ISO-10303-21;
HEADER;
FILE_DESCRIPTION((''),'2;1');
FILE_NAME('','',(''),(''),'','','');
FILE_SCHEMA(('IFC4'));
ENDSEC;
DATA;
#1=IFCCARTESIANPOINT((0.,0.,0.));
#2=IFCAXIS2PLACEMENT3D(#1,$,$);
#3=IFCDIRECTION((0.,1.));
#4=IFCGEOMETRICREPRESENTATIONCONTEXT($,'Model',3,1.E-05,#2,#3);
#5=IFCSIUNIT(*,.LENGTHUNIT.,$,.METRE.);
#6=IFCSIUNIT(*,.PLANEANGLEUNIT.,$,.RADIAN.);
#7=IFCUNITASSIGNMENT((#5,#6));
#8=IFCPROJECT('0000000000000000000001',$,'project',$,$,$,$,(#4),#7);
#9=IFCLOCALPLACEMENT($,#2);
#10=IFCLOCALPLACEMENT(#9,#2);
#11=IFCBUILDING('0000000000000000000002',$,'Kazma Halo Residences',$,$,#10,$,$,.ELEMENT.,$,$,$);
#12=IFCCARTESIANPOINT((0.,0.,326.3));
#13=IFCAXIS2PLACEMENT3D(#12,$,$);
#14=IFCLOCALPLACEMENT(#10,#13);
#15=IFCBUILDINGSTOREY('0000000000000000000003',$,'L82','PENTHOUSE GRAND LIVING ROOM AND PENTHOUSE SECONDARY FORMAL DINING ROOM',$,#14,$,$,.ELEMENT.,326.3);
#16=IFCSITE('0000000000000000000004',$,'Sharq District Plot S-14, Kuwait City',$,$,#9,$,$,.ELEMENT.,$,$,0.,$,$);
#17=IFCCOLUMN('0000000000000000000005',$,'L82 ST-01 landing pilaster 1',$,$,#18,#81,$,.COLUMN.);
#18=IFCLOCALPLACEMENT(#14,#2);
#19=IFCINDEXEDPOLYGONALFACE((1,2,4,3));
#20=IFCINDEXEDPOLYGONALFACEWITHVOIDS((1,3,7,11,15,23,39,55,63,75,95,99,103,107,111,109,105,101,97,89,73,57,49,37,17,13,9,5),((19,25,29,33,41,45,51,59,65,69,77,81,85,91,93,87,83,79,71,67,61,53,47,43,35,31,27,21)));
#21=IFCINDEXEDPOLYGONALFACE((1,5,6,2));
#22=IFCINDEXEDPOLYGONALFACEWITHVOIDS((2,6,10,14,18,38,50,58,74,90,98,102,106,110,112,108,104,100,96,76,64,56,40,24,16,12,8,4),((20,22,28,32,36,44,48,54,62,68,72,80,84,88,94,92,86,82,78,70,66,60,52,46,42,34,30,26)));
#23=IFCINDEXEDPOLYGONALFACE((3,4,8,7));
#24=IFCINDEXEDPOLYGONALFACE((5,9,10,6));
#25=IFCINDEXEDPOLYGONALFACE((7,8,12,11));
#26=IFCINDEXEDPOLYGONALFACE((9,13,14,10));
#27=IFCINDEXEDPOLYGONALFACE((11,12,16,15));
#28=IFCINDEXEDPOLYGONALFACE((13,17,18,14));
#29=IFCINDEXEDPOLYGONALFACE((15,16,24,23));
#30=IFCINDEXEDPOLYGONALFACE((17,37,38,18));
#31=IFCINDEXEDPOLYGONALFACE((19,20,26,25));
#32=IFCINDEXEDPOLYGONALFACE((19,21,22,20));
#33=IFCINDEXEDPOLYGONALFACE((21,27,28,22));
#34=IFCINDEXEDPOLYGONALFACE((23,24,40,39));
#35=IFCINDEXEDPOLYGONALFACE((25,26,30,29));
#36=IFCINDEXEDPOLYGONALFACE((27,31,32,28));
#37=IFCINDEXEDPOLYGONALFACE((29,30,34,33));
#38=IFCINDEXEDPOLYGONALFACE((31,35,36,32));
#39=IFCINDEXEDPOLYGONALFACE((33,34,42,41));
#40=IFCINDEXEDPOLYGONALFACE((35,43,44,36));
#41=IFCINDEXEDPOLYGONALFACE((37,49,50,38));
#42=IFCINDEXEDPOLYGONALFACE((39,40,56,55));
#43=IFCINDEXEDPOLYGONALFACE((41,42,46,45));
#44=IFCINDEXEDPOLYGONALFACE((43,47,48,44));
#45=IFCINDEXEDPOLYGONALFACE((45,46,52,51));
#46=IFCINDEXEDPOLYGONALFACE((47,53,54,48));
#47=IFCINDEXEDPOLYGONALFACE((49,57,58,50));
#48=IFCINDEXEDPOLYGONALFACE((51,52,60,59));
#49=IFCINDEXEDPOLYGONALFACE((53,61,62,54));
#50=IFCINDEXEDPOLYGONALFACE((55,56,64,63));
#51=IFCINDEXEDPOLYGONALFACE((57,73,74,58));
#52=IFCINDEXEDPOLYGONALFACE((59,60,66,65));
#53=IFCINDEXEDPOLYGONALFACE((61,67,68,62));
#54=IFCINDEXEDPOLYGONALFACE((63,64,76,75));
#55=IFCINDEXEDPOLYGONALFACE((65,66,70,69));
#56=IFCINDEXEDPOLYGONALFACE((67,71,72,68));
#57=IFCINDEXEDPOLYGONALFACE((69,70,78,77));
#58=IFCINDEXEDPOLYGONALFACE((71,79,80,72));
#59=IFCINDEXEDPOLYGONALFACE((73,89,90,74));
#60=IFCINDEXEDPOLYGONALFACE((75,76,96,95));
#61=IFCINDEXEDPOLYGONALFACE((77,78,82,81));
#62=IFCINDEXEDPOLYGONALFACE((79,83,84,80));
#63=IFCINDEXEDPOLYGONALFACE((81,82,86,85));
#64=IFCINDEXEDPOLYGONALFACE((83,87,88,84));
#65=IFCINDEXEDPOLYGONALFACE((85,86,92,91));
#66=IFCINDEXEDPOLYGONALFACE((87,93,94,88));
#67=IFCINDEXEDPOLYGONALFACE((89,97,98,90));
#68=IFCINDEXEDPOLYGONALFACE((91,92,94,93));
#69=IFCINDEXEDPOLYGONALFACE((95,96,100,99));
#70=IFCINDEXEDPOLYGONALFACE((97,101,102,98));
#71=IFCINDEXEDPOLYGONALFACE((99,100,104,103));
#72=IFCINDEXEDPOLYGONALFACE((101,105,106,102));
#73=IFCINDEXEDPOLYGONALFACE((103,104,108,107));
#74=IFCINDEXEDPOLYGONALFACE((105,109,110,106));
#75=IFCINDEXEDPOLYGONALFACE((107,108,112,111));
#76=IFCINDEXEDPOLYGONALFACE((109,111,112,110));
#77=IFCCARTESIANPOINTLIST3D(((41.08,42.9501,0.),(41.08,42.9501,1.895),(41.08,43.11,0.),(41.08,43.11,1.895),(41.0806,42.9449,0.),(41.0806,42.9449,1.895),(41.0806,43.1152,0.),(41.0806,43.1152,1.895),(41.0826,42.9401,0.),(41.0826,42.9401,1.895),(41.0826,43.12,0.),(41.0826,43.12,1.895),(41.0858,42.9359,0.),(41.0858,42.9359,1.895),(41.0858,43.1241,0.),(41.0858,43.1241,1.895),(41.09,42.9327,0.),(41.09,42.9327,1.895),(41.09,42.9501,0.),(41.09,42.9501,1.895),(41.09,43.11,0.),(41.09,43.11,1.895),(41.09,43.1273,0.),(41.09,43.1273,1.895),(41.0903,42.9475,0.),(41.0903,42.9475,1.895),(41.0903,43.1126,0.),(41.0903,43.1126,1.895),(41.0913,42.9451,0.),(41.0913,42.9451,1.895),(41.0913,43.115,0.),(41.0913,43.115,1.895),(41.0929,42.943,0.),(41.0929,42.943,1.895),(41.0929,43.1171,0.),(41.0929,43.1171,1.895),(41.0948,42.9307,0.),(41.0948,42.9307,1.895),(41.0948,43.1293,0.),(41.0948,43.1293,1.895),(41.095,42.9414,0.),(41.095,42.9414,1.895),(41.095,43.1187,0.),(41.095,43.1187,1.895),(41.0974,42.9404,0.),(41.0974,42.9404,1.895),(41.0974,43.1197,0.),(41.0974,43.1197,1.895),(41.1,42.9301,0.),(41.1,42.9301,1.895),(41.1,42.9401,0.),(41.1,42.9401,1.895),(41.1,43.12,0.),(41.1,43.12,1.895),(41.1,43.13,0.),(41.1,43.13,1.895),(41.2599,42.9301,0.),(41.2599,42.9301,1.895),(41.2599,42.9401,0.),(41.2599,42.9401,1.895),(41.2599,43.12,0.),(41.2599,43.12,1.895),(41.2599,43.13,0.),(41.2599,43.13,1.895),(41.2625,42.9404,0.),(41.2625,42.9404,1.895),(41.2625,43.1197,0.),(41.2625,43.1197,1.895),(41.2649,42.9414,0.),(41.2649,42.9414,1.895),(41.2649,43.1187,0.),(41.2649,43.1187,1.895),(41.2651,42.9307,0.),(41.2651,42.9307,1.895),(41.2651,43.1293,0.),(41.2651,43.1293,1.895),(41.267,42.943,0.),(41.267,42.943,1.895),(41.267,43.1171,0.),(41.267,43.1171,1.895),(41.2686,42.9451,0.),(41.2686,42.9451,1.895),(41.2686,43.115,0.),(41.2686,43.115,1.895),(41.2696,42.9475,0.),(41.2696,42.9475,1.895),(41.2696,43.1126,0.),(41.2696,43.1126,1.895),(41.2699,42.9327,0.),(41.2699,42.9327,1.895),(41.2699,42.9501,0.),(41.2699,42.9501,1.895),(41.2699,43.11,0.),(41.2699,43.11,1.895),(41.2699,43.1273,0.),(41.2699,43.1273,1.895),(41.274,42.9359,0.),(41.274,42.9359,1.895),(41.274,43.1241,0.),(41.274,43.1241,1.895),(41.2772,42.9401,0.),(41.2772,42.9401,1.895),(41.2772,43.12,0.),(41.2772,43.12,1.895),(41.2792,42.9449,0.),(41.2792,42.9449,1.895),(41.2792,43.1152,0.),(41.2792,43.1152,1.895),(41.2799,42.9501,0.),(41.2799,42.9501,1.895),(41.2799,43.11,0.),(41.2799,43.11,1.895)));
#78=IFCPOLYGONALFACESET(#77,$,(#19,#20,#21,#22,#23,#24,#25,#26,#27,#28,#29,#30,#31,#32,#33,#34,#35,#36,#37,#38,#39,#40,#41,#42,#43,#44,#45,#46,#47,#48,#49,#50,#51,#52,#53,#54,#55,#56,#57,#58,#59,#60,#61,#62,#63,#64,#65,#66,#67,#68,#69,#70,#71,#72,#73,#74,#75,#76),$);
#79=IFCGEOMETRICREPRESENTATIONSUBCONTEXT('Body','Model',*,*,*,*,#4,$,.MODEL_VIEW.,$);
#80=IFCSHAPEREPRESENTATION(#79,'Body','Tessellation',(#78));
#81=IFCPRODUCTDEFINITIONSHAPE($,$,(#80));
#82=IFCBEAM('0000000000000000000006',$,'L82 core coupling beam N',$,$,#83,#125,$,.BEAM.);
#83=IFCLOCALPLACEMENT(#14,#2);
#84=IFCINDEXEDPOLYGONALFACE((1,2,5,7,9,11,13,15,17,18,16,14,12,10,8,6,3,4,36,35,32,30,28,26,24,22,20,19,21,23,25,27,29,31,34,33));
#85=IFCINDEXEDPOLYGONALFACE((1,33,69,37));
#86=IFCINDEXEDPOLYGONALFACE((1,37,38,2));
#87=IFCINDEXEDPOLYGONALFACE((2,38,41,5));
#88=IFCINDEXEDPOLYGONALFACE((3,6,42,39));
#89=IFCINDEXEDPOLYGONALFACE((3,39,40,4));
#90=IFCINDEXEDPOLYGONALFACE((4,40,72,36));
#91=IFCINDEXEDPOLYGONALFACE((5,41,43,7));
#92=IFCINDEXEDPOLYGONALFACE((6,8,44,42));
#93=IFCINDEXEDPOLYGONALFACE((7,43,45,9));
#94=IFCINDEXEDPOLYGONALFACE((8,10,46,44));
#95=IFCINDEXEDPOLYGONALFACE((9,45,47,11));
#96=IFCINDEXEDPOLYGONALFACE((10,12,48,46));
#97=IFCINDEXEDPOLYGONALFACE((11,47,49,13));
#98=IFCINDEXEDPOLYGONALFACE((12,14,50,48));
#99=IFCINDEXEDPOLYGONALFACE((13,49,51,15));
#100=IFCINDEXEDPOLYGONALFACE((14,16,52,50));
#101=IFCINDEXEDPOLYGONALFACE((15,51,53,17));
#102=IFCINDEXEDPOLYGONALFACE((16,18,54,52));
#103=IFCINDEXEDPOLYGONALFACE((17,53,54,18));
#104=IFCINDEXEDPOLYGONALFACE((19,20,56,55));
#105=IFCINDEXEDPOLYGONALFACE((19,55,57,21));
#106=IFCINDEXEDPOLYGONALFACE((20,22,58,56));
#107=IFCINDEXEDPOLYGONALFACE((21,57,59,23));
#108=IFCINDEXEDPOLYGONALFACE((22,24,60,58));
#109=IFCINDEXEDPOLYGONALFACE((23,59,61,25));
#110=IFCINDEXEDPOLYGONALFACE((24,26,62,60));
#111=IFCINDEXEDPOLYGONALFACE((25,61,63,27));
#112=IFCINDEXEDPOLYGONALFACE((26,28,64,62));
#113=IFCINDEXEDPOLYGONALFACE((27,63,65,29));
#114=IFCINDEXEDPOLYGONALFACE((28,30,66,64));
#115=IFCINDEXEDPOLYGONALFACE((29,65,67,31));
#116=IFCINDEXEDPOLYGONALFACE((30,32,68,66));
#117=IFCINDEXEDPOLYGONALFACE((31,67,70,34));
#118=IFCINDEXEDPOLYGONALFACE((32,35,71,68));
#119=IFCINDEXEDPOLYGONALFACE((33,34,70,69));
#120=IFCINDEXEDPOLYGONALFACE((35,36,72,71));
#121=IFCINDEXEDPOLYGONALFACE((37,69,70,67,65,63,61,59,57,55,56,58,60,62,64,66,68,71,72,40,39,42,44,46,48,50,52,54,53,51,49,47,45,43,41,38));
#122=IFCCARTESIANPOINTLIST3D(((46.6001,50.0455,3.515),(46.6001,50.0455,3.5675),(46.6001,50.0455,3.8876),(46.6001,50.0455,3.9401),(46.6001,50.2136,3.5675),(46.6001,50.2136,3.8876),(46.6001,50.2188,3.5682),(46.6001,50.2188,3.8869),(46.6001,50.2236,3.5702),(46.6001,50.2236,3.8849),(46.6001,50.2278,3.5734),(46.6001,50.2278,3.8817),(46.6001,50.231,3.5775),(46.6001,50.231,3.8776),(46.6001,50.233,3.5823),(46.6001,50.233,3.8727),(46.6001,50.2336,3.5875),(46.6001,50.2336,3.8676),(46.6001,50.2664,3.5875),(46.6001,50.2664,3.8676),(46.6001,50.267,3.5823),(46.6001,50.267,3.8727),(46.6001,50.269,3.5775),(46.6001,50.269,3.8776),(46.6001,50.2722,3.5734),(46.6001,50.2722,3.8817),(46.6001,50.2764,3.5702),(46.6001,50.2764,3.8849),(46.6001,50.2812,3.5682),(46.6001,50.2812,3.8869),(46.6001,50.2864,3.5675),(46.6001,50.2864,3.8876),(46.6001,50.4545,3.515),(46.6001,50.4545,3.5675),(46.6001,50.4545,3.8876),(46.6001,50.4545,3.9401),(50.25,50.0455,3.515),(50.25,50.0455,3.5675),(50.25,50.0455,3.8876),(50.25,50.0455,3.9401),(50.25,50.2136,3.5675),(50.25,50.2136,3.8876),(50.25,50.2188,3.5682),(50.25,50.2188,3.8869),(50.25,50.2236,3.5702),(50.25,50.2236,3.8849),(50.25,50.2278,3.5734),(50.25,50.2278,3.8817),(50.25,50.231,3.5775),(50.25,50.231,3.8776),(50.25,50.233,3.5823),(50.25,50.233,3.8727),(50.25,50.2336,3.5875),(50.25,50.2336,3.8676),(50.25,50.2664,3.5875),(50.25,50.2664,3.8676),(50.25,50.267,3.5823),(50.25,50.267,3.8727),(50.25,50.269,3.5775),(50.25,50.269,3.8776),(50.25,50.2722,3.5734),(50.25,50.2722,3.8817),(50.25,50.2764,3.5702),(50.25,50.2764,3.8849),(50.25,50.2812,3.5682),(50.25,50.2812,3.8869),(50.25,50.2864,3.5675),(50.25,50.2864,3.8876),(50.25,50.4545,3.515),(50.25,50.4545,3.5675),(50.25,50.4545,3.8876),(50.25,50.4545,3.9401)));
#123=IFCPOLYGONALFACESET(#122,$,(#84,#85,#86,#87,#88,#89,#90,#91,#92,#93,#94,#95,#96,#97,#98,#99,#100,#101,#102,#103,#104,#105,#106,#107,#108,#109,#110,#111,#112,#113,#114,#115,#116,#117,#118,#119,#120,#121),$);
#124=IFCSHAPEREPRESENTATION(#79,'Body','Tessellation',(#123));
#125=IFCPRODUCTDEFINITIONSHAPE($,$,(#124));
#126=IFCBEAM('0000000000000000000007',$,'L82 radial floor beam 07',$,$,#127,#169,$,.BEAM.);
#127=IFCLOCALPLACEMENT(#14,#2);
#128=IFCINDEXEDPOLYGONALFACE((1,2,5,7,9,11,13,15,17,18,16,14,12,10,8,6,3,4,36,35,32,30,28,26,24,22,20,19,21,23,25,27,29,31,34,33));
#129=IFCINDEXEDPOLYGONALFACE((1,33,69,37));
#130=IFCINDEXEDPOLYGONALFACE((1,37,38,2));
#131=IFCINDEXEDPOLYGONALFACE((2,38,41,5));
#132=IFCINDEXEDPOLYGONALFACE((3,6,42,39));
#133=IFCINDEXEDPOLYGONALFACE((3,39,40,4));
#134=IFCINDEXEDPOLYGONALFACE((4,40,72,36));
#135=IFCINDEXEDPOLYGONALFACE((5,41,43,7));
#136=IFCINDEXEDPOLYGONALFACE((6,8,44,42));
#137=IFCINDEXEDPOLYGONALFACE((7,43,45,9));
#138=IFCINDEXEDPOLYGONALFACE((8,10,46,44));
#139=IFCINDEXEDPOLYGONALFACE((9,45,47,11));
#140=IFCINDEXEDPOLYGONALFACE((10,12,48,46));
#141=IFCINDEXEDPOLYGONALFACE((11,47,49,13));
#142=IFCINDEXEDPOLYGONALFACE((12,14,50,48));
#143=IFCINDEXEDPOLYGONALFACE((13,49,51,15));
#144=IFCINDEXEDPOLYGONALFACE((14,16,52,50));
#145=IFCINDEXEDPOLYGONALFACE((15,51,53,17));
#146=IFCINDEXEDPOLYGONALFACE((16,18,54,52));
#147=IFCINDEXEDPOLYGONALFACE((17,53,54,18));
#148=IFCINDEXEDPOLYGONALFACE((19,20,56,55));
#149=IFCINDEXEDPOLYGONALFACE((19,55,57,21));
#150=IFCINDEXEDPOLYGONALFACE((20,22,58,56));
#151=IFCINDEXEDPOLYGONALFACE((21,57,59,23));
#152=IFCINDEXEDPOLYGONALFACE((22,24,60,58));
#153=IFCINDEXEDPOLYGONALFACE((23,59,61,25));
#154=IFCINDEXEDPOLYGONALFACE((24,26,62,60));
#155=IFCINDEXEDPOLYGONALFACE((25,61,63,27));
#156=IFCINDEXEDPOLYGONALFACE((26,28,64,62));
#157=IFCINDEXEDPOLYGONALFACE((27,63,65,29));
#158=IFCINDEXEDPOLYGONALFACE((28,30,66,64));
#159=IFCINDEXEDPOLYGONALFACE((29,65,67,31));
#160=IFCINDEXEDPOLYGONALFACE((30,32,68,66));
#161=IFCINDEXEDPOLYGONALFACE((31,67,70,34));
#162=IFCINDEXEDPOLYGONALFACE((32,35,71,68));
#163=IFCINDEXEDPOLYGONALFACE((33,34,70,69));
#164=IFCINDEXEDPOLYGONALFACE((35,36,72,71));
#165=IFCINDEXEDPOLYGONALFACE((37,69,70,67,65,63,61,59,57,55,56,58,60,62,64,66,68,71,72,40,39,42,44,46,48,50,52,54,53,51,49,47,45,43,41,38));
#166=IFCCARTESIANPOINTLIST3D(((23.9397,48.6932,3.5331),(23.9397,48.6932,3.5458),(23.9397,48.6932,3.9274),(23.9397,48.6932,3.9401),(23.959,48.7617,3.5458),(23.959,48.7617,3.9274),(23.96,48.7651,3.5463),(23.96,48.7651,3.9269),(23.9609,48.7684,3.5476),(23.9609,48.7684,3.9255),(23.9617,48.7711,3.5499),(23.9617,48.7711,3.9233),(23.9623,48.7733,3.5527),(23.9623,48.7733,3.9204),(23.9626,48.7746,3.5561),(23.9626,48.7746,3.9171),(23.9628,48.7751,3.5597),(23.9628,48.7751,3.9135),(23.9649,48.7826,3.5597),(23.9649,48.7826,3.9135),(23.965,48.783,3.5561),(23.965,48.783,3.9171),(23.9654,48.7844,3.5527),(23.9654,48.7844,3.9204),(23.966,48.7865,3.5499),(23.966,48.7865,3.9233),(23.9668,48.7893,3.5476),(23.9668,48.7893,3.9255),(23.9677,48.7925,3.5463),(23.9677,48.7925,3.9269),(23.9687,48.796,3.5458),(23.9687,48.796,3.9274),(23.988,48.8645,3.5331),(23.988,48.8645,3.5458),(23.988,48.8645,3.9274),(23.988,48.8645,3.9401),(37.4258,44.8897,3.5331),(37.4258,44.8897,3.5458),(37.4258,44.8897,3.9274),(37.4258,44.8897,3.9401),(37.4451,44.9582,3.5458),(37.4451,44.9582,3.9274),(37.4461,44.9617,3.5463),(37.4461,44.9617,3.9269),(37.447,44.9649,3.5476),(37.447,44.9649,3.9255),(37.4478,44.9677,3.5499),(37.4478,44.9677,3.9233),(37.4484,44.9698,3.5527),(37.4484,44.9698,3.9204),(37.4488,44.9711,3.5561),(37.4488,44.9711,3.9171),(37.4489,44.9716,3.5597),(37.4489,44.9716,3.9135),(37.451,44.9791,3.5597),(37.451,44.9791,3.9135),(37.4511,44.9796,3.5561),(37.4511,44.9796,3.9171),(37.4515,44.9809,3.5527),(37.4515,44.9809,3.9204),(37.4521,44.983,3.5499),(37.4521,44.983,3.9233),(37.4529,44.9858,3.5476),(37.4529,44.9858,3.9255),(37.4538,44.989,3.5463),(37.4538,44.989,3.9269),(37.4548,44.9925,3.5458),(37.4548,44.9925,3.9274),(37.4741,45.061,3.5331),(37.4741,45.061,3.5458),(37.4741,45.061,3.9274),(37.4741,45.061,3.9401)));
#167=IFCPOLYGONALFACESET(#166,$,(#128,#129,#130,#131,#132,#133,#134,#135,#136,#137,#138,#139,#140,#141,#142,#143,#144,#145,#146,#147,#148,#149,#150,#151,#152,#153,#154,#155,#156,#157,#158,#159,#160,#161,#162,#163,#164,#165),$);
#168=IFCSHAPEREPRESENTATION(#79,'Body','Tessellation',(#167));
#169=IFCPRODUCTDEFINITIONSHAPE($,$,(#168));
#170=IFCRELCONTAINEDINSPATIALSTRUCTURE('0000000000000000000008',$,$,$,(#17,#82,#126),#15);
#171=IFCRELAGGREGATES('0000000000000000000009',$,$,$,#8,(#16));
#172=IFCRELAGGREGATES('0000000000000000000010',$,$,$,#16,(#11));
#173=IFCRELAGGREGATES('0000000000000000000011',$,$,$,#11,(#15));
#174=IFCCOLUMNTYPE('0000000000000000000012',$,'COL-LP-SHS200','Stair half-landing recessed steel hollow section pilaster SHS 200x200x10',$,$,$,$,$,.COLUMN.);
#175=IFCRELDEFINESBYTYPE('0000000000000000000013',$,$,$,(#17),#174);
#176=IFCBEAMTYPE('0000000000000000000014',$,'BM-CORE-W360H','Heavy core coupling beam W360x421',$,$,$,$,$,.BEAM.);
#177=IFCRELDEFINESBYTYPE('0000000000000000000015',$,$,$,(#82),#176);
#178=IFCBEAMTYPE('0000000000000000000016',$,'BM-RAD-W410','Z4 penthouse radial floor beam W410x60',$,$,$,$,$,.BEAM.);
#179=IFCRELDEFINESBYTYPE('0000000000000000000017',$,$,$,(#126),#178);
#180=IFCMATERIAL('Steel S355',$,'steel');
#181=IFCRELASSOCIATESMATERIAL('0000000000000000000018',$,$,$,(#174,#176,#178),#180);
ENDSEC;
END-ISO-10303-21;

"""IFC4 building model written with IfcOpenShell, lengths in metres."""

from ifc_helpers import new_model, si_unit, direction, frame, origin, origin_2d, place, context, subcontext, project, spatial, hollow_rectangle, i_section, extrude, material, material_profile, profile_set, type_object, element, save


model = new_model("IFC4")

# Units and contexts
model_context = context("Model", 3, precision=1e-05, world=origin(), true_north=direction((0.0, 1.0)))
body_context = subcontext(model_context, "Body", "Model", "MODEL_VIEW")
ifc_project = project(units=[si_unit("LENGTHUNIT", "METRE"), si_unit("PLANEANGLEUNIT", "RADIAN")], contexts=[model_context])

# Site, building, storey
site_placement = place(None, origin())
site = spatial("IfcSite", under=ifc_project, at=site_placement, Name="Sharq District Plot S-14, Kuwait City", CompositionType="ELEMENT", RefElevation=0.0)
building_placement = place(site_placement, origin())
building = spatial("IfcBuilding", under=site, at=building_placement, Name="Kazma Halo Residences", CompositionType="ELEMENT")
storey_placement = place(building_placement, frame((0.0, 0.0, 326.3)))
storey = spatial("IfcBuildingStorey", under=building, at=storey_placement, Name="L82", Description="PENTHOUSE GRAND LIVING ROOM AND PENTHOUSE SECONDARY FORMAL DINING ROOM", CompositionType="ELEMENT", Elevation=326.3)

# Column
ifc_material_1 = material(Name="Steel S355", Category="steel")
ifc_material_profile_1 = material_profile(ifc_material_1, hollow_rectangle(XDim=0.2, YDim=0.2, WallThickness=0.01, InnerFilletRadius=0.01, OuterFilletRadius=0.02, at=origin_2d()), Name="SHS200x200x10")
ifc_profile_set_1 = profile_set([ifc_material_profile_1], Name="Steel S355")
column_type = type_object("IfcColumnType", Name="COL-LP-SHS200", Description="Stair half-landing recessed steel hollow section pilaster SHS 200x200x10", PredefinedType="COLUMN", material=ifc_profile_set_1)
column_placement = place(storey_placement, frame((41.1799, 43.03, 0.0), z_axis=(0.0, 0.0, 1.0), x_axis=(1.0, 0.0, 0.0)))
element("IfcColumn", 1, at=column_placement, inside=storey, type_object=column_type, Name="L82 ST-01 landing pilaster 1", PredefinedType="COLUMN", context=body_context, shape_type="SweptSolid", body=[
    extrude(hollow_rectangle(XDim=0.2, YDim=0.2, WallThickness=0.01, InnerFilletRadius=0.01, OuterFilletRadius=0.02, at=origin_2d()), origin(), (0.0, 0.0, 1.0), 1.895),
])

# Beams
ifc_material_profile_2 = material_profile(ifc_material_1, i_section(OverallWidth=0.4089, OverallDepth=0.425, WebThickness=0.0327, FlangeThickness=0.0525, FilletRadius=0.02, at=origin_2d()), Name="W360x421")
ifc_profile_set_2 = profile_set([ifc_material_profile_2], Name="Steel S355")
beam_type_1 = type_object("IfcBeamType", Name="BM-CORE-W360H", Description="Heavy core coupling beam W360x421", PredefinedType="BEAM", material=ifc_profile_set_2)
beam_1_placement = place(storey_placement, frame((46.6001, 50.25, 3.7275), z_axis=(1.0, 0.0, 0.0), x_axis=(0.0, 1.0, 0.0)))
element("IfcBeam", 2, at=beam_1_placement, inside=storey, type_object=beam_type_1, Name="L82 core coupling beam N", PredefinedType="BEAM", context=body_context, shape_type="SweptSolid", body=[
    extrude(i_section(OverallWidth=0.4089, OverallDepth=0.425, WebThickness=0.0327, FlangeThickness=0.0525, FilletRadius=0.02, at=origin_2d()), origin(), (0.0, 0.0, 1.0), 3.6499),
])
ifc_material_profile_3 = material_profile(ifc_material_1, i_section(OverallWidth=0.178, OverallDepth=0.407, WebThickness=0.0078, FlangeThickness=0.0127, FilletRadius=0.0139, at=origin_2d()), Name="W410x60")
ifc_profile_set_3 = profile_set([ifc_material_profile_3], Name="Steel S355")
beam_type_2 = type_object("IfcBeamType", Name="BM-RAD-W410", Description="Z4 penthouse radial floor beam W410x60", PredefinedType="BEAM", material=ifc_profile_set_3)
beam_2_placement = place(storey_placement, frame((37.45, 44.9753, 3.7366), z_axis=(-0.962455, 0.27144, 0.0), x_axis=(-0.27144, -0.962455, 0.0)))
element("IfcBeam", 3, at=beam_2_placement, inside=storey, type_object=beam_type_2, Name="L82 radial floor beam 07", PredefinedType="BEAM", context=body_context, shape_type="SweptSolid", body=[
    extrude(i_section(OverallWidth=0.178, OverallDepth=0.407, WebThickness=0.0078, FlangeThickness=0.0127, FilletRadius=0.0139, at=origin_2d()), origin(), (0.0, 0.0, 1.0), 14.0122),
])

save(model, "model.ifc")
